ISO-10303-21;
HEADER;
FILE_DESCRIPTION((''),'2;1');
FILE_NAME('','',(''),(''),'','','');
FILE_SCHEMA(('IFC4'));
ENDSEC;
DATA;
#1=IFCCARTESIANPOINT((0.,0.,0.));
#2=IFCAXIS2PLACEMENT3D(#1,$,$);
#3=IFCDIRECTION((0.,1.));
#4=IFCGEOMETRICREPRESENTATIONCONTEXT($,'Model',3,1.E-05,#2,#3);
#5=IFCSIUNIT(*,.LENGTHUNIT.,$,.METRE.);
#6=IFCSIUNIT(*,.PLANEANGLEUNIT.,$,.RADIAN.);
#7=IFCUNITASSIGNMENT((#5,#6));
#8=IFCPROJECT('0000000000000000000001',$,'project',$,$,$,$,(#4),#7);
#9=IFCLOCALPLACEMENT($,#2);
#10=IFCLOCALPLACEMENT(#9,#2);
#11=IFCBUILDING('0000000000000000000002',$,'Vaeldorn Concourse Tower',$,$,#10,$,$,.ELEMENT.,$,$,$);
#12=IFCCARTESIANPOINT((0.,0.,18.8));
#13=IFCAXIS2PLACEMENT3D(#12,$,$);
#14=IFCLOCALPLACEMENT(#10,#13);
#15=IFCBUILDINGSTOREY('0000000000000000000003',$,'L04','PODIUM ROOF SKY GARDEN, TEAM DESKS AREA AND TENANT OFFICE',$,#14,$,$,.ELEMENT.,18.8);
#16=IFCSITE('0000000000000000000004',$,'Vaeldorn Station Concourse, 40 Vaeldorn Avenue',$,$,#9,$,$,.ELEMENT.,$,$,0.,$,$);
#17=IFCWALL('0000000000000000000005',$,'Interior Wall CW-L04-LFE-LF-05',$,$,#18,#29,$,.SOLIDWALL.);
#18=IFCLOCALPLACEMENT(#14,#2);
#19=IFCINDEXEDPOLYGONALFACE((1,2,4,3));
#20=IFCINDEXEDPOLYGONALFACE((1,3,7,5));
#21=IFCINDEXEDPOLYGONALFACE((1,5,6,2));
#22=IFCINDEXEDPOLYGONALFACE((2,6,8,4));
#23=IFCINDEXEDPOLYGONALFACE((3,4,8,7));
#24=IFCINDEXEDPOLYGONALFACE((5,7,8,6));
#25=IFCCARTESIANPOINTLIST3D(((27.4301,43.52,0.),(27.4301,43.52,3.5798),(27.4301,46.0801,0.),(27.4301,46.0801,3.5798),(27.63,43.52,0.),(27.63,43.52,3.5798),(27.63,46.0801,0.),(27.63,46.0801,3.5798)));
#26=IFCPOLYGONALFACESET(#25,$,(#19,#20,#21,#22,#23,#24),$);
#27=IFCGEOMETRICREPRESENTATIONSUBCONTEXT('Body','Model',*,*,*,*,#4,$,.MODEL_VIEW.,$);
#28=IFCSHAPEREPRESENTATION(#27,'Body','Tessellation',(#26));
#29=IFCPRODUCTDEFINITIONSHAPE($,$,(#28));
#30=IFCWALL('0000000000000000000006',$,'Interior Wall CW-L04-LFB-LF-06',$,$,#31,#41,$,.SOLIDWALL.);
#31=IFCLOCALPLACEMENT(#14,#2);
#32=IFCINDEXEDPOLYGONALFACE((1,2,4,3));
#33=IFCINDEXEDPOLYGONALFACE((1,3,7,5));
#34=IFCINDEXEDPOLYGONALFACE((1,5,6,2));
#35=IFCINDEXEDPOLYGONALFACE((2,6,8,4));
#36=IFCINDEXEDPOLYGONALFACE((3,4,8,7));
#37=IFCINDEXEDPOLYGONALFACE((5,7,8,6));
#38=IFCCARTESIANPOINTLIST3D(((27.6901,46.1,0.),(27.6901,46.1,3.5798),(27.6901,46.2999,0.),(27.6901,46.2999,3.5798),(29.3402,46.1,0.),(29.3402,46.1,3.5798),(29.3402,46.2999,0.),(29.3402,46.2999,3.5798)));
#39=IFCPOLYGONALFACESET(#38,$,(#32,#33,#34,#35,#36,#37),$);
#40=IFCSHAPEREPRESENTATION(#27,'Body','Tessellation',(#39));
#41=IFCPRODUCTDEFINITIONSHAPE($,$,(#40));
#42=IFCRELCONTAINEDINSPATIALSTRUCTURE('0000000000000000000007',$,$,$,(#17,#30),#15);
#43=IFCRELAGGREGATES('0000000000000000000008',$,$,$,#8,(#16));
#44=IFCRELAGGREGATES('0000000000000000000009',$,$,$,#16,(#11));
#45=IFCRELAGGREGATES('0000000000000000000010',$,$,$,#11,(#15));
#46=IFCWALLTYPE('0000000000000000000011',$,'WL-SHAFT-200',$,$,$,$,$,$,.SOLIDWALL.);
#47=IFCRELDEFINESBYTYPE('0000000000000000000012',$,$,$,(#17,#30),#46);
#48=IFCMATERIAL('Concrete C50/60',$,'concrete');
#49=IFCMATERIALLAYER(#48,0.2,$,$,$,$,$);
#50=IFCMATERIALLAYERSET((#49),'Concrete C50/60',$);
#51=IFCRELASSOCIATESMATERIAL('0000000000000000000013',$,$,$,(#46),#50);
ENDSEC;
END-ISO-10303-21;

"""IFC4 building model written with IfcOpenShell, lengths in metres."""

from ifc_helpers import new_model, si_unit, direction, frame, frame_2d, origin, place, context, subcontext, project, spatial, rectangle, extrude, material, layer, layer_set, type_object, element, save


model = new_model("IFC4")

# Units and contexts
model_context = context("Model", 3, precision=1e-05, world=origin(), true_north=direction((0.0, 1.0)))
body_context = subcontext(model_context, "Body", "Model", "MODEL_VIEW")
ifc_project = project(units=[si_unit("LENGTHUNIT", "METRE"), si_unit("PLANEANGLEUNIT", "RADIAN")], contexts=[model_context])

# Site, building, storey
site_placement = place(None, origin())
site = spatial("IfcSite", under=ifc_project, at=site_placement, Name="Vaeldorn Station Concourse, 40 Vaeldorn Avenue", CompositionType="ELEMENT", RefElevation=0.0)
building_placement = place(site_placement, origin())
building = spatial("IfcBuilding", under=site, at=building_placement, Name="Vaeldorn Concourse Tower", CompositionType="ELEMENT")
storey_placement = place(building_placement, frame((0.0, 0.0, 18.8)))
storey = spatial("IfcBuildingStorey", under=building, at=storey_placement, Name="L04", Description="PODIUM ROOF SKY GARDEN, TEAM DESKS AREA AND TENANT OFFICE", CompositionType="ELEMENT", Elevation=18.8)

# Shared definitions
ifc_material_1 = material(Name="Concrete C50/60", Category="concrete")
ifc_layer_1 = layer(ifc_material_1, 0.2)
ifc_layer_set_1 = layer_set([ifc_layer_1], Name="Concrete C50/60")
wall_type_1 = type_object("IfcWallType", Name="WL-SHAFT-200", PredefinedType="SOLIDWALL", material=ifc_layer_set_1)

# Wall
wall_1_placement = place(storey_placement, frame((27.53, 43.52, 0.0), z_axis=(0.0, 0.0, 1.0), x_axis=(0.0, 1.0, 0.0)))
element("IfcWall", 1, at=wall_1_placement, inside=storey, type_object=wall_type_1, Name="Interior Wall CW-L04-LFE-LF-05", PredefinedType="SOLIDWALL", context=body_context, shape_type="SweptSolid", body=[
    extrude(rectangle(XDim=2.5601, YDim=0.2, at=frame_2d((1.28, 0.0))), origin(), (0.0, 0.0, 1.0), 3.5798),
])

# Wall
wall_2_placement = place(storey_placement, frame((27.6899, 46.2, 0.0), z_axis=(0.0, 0.0, 1.0), x_axis=(1.0, 0.0, 0.0)))
element("IfcWall", 2, at=wall_2_placement, inside=storey, type_object=wall_type_1, Name="Interior Wall CW-L04-LFB-LF-06", PredefinedType="SOLIDWALL", context=body_context, shape_type="SweptSolid", body=[
    extrude(rectangle(XDim=1.6501, YDim=0.2, at=frame_2d((0.8252, 0.0))), origin(), (0.0, 0.0, 1.0), 3.5798),
])

save(model, "model.ifc")
